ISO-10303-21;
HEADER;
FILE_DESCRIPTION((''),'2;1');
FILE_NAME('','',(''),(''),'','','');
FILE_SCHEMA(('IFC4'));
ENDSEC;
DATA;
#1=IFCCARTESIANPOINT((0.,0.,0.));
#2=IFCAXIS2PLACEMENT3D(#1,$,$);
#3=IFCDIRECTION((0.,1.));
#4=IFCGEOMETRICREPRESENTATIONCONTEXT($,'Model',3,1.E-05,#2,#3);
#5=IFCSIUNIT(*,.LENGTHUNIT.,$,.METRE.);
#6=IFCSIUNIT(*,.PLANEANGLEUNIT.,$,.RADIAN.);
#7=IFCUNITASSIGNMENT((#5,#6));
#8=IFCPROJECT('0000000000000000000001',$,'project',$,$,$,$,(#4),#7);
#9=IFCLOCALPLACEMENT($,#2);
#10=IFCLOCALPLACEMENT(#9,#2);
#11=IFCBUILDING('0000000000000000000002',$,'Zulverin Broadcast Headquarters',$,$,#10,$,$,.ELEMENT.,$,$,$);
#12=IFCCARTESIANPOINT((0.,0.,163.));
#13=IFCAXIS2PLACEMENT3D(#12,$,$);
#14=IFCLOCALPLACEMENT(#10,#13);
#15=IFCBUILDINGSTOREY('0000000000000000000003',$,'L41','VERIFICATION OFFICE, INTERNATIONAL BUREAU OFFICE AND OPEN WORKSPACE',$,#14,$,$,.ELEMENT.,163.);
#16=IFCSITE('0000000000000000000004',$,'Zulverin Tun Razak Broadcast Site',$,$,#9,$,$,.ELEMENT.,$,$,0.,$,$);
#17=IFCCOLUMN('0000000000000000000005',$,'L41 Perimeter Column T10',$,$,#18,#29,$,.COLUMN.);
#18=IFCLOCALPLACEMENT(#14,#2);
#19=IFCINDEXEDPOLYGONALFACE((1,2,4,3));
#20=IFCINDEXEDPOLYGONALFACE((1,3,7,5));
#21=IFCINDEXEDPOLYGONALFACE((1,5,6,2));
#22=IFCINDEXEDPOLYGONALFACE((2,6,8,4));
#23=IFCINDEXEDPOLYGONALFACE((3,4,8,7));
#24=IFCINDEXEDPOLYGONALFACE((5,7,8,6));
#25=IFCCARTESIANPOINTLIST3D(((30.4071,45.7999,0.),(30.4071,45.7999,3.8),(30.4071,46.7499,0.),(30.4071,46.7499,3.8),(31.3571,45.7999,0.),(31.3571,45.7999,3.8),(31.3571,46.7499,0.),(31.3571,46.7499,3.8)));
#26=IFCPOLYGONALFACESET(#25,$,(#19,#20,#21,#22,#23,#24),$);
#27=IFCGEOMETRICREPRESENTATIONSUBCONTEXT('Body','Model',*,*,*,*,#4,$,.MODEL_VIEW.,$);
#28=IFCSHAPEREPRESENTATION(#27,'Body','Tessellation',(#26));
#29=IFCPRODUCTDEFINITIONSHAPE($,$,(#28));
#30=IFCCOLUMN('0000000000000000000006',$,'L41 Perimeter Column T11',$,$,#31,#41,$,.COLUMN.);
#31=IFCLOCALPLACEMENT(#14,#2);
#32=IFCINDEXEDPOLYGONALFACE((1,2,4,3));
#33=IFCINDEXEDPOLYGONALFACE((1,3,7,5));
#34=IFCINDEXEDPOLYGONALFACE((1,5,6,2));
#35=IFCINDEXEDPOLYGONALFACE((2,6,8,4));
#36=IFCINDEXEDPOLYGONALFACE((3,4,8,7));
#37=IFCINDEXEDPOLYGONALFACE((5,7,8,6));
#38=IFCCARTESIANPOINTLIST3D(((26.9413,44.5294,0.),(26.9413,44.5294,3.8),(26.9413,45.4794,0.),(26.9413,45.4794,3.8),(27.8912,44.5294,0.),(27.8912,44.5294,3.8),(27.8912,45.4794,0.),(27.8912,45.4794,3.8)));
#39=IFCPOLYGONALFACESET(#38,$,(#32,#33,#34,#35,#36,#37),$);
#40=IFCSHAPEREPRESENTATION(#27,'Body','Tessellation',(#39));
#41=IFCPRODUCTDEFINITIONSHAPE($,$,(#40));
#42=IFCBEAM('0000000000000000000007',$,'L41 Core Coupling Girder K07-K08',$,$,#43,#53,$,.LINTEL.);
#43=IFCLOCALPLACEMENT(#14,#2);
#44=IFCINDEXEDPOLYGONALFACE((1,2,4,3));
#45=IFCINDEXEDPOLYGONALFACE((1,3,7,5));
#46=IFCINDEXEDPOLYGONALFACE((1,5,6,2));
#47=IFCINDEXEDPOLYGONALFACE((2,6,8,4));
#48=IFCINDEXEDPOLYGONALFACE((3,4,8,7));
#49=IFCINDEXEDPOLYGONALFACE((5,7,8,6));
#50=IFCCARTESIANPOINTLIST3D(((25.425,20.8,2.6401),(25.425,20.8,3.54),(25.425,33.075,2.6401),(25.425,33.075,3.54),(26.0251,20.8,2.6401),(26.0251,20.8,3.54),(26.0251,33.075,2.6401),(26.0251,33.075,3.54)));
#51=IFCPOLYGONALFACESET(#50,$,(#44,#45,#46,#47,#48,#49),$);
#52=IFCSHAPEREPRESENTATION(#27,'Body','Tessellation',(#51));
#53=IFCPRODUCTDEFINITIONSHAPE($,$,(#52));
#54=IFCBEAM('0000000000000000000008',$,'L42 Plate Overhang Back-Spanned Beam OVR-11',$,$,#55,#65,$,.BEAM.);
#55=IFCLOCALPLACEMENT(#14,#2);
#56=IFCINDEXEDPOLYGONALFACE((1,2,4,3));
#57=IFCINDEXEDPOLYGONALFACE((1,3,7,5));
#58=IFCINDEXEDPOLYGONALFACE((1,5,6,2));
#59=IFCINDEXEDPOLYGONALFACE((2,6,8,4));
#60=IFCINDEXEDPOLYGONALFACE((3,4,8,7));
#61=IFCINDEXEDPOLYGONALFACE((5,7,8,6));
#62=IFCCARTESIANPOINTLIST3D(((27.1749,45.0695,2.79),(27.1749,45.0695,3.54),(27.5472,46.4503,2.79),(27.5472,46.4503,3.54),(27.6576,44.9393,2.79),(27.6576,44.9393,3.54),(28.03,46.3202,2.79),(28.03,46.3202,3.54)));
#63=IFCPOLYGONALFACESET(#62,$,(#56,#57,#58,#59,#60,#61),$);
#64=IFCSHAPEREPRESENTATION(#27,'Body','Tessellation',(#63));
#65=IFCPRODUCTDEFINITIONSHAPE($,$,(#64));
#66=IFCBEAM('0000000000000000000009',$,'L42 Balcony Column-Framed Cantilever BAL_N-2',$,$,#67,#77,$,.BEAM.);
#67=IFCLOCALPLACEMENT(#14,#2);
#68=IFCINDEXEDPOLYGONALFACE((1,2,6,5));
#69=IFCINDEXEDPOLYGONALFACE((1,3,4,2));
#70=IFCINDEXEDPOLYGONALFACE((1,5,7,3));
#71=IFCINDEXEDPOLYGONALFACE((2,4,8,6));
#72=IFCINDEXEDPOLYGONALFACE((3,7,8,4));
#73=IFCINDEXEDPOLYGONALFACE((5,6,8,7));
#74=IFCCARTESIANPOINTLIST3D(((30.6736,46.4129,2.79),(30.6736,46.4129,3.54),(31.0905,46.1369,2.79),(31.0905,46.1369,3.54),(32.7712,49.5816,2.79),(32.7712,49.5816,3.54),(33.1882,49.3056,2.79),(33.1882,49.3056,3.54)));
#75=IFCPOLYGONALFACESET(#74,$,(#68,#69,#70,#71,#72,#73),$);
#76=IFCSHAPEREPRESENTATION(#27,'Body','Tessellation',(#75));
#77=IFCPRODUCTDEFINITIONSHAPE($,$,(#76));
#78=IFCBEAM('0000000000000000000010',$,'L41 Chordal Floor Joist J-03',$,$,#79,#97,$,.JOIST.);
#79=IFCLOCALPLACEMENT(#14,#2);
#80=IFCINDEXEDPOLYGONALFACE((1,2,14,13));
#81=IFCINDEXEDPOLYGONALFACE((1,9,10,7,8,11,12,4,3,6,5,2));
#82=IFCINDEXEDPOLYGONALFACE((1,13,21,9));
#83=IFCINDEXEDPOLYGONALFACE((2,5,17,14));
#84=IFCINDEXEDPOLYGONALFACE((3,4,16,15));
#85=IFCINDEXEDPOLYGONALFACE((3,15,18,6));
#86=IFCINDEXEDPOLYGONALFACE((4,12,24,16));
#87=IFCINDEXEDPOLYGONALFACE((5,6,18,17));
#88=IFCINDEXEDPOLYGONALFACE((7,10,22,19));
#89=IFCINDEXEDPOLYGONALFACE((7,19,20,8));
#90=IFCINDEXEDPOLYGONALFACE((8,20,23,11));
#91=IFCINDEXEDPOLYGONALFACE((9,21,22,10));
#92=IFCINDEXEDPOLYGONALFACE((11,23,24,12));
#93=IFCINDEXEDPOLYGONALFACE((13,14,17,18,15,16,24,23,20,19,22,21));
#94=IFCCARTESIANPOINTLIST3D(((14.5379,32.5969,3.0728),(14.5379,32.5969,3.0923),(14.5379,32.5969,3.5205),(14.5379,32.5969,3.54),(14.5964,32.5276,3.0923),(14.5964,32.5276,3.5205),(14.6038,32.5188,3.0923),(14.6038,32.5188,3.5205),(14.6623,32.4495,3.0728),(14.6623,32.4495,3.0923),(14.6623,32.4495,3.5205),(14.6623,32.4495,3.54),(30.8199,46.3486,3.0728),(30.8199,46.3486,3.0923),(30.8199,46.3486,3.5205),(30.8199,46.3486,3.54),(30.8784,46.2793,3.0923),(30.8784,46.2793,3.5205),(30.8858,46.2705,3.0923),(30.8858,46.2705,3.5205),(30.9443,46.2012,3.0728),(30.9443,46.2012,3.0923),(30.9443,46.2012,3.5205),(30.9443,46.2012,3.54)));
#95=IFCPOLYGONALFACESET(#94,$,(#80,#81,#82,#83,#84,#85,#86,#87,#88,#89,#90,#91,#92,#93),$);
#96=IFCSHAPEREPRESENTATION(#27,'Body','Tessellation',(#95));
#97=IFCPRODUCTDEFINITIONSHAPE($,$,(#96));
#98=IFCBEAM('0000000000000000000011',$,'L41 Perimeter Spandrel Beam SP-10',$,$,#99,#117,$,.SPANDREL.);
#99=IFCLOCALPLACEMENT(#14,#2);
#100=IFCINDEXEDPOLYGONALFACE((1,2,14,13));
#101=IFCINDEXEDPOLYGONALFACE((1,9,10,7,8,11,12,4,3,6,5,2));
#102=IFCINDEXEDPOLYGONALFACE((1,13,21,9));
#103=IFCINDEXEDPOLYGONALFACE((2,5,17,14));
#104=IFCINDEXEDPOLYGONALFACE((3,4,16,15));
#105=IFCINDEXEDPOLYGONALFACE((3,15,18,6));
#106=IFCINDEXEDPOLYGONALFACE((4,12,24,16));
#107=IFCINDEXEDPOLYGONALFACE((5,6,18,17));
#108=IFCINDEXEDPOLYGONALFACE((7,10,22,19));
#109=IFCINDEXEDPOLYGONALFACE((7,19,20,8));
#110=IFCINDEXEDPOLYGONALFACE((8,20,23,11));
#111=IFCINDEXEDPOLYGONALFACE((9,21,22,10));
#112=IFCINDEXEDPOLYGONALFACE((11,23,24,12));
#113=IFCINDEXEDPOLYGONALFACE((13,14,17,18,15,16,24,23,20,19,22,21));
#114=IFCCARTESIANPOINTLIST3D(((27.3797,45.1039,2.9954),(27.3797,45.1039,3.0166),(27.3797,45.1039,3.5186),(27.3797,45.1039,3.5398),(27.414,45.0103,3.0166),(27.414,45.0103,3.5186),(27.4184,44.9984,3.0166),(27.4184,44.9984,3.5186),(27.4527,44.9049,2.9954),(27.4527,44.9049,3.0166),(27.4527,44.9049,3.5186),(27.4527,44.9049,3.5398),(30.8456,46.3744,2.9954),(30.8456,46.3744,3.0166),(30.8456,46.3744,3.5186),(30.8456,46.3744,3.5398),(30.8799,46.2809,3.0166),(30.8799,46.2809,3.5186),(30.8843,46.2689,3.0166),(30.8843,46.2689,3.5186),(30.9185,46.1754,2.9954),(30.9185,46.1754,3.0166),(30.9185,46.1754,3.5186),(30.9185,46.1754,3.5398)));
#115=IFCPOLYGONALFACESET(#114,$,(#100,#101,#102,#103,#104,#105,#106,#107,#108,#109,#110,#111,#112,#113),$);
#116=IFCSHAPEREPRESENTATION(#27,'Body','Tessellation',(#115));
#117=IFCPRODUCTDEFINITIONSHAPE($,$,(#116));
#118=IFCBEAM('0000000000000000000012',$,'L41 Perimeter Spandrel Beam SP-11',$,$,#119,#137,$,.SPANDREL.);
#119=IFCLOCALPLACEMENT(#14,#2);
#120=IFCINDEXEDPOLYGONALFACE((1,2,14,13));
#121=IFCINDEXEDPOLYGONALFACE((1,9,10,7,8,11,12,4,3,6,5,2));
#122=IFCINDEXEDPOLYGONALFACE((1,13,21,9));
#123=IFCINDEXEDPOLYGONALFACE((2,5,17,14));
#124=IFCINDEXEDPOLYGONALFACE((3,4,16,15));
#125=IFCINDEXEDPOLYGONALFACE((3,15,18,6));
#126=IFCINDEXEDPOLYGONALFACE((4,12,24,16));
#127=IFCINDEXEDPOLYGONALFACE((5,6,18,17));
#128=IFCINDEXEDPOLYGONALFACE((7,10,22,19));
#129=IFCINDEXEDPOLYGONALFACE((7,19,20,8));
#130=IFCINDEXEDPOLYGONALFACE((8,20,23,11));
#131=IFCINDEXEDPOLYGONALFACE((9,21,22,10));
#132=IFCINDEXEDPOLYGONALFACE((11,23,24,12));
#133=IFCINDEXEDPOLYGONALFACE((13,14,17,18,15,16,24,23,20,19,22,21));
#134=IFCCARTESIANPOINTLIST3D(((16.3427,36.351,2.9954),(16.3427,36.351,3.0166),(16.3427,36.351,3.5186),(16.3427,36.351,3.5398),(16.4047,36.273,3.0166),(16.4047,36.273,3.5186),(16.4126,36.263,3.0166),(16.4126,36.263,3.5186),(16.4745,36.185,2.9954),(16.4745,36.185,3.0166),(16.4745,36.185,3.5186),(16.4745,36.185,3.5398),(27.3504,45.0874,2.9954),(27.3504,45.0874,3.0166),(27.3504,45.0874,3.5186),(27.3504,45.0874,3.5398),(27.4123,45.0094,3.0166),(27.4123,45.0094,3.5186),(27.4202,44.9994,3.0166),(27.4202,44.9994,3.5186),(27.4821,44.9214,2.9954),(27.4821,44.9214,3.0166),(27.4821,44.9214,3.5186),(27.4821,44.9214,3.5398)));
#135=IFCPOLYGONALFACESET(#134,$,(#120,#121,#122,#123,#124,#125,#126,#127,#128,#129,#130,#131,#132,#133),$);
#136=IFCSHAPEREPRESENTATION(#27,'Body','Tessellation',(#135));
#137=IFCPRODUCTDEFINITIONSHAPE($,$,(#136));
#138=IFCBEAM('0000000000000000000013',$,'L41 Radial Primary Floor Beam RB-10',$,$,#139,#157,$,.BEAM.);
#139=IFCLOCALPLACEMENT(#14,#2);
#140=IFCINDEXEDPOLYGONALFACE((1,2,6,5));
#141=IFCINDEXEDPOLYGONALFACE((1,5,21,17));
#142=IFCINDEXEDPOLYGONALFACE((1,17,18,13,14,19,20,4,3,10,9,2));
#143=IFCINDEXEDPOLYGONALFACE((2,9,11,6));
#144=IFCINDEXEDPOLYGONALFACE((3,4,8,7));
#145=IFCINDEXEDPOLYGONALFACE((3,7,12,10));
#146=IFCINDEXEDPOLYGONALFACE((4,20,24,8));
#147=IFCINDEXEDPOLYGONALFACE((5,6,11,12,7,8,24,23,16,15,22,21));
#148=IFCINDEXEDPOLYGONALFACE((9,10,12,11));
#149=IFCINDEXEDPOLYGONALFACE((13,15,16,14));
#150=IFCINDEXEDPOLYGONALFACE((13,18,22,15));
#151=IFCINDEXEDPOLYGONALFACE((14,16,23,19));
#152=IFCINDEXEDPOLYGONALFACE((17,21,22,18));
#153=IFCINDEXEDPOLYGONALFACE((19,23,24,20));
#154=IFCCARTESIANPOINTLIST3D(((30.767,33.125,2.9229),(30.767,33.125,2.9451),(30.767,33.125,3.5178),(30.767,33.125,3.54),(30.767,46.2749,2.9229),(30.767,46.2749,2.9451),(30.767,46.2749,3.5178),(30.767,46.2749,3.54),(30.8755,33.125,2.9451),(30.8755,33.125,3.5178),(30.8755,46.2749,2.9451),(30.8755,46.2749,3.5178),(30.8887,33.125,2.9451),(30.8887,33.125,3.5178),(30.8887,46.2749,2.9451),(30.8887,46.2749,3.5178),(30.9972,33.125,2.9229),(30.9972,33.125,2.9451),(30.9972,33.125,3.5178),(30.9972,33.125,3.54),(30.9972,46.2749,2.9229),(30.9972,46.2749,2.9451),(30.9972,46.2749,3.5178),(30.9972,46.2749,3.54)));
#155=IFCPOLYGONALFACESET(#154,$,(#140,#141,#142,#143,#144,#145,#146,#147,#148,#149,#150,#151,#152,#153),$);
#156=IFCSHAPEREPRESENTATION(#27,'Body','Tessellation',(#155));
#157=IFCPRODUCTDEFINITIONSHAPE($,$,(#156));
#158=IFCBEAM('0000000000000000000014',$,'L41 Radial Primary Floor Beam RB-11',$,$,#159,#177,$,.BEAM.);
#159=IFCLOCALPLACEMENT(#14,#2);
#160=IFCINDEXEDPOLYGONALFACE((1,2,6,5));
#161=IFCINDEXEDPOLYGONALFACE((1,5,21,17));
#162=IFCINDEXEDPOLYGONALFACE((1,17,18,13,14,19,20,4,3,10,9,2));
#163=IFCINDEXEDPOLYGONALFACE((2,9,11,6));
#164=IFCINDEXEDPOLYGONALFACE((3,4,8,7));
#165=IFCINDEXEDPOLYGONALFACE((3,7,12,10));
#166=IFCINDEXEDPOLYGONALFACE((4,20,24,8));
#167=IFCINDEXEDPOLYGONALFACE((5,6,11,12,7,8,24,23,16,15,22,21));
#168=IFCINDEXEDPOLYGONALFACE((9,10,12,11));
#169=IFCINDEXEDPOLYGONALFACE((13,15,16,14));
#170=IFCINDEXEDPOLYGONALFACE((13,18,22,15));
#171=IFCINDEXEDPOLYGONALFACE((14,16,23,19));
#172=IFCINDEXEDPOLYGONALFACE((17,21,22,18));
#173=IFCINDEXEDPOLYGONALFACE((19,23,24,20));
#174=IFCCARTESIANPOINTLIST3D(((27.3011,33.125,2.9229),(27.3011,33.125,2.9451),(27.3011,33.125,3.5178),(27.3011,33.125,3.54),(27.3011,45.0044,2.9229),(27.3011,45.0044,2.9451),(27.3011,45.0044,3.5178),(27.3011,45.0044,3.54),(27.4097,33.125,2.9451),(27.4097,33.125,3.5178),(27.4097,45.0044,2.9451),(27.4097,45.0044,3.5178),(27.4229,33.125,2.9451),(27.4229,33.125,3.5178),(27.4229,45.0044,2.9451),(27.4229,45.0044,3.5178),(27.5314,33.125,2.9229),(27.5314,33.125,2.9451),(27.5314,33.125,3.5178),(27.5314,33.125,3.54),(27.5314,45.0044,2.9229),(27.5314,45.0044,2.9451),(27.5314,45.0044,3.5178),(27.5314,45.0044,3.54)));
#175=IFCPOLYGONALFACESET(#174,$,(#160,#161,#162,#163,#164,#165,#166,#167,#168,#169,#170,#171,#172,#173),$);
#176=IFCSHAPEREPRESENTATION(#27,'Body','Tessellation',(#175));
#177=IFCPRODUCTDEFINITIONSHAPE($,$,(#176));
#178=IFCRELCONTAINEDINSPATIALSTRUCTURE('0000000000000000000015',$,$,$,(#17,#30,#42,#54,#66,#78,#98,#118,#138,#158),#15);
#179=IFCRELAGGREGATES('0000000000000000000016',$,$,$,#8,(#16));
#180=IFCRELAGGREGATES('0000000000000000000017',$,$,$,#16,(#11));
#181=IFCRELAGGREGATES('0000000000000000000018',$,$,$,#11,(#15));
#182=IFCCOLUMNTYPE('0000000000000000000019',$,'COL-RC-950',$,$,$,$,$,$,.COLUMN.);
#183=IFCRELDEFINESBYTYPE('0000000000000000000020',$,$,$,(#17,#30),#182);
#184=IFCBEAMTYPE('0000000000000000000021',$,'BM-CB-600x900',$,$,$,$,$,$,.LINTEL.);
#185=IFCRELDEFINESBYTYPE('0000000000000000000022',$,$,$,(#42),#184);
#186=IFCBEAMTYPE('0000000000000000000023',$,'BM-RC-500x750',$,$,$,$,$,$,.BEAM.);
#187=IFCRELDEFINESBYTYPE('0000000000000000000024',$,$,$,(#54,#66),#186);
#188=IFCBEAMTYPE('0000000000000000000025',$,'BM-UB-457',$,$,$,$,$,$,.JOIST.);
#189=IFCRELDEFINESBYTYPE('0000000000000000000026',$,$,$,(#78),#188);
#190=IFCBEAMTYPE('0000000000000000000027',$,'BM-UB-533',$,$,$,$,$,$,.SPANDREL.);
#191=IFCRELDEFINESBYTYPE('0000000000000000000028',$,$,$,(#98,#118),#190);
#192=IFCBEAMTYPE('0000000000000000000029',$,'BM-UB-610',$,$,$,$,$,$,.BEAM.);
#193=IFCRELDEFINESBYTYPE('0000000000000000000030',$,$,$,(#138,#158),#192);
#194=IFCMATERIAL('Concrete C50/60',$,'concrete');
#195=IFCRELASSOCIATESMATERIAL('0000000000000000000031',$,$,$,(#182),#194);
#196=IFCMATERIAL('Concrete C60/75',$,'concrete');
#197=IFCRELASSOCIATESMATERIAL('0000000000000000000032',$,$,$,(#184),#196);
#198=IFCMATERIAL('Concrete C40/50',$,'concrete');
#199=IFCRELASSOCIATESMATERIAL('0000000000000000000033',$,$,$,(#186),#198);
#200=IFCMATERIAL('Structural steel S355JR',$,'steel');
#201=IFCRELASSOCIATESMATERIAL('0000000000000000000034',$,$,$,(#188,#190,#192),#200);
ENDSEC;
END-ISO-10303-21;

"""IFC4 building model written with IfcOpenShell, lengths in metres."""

from ifc_helpers import new_model, si_unit, direction, frame, origin, origin_2d, place, context, subcontext, project, spatial, rectangle, i_section, extrude, material, material_profile, profile_set, type_object, element, save


model = new_model("IFC4")

# Units and contexts
model_context = context("Model", 3, precision=1e-05, world=origin(), true_north=direction((0.0, 1.0)))
body_context = subcontext(model_context, "Body", "Model", "MODEL_VIEW")
ifc_project = project(units=[si_unit("LENGTHUNIT", "METRE"), si_unit("PLANEANGLEUNIT", "RADIAN")], contexts=[model_context])

# Site, building, storey
site_placement = place(None, origin())
site = spatial("IfcSite", under=ifc_project, at=site_placement, Name="Zulverin Tun Razak Broadcast Site", CompositionType="ELEMENT", RefElevation=0.0)
building_placement = place(site_placement, origin())
building = spatial("IfcBuilding", under=site, at=building_placement, Name="Zulverin Broadcast Headquarters", CompositionType="ELEMENT")
storey_placement = place(building_placement, frame((0.0, 0.0, 163.0)))
storey = spatial("IfcBuildingStorey", under=building, at=storey_placement, Name="L41", Description="VERIFICATION OFFICE, INTERNATIONAL BUREAU OFFICE AND OPEN WORKSPACE", CompositionType="ELEMENT", Elevation=163.0)

# Columns
ifc_material_1 = material(Name="Concrete C50/60", Category="concrete")
ifc_material_profile_1 = material_profile(ifc_material_1, rectangle(XDim=0.95, YDim=0.95, at=origin_2d()), Name="Concrete C50/60", Category="concrete")
ifc_profile_set_1 = profile_set([ifc_material_profile_1], Name="Concrete C50/60")
column_type = type_object("IfcColumnType", Name="COL-RC-950", PredefinedType="COLUMN", material=ifc_profile_set_1)
for number, where, z_axis, x_axis, name in (
    (1, (30.8821, 46.2749, 0.0), (0.0, 0.0, 1.0), (1.0, 0.0, 0.0), "L41 Perimeter Column T10"),
    (2, (27.4163, 45.0044, 0.0), (0.0, 0.0, 1.0), (1.0, 0.0, 0.0), "L41 Perimeter Column T11"),
):
    element("IfcColumn", number, at=place(storey_placement, frame(where, z_axis=z_axis, x_axis=x_axis)), inside=storey, type_object=column_type, Name=name, PredefinedType="COLUMN", context=body_context, shape_type="SweptSolid", body=[
        extrude(rectangle(XDim=0.95, YDim=0.95, at=origin_2d()), origin(), (0.0, 0.0, 1.0), 3.8),
    ])

# Beams
ifc_material_2 = material(Name="Concrete C60/75", Category="concrete")
ifc_material_profile_2 = material_profile(ifc_material_2, rectangle(XDim=0.6001, YDim=0.8999, at=origin_2d()), Name="Concrete C60/75", Category="concrete")
ifc_profile_set_2 = profile_set([ifc_material_profile_2], Name="Concrete C60/75")
beam_type_1 = type_object("IfcBeamType", Name="BM-CB-600x900", PredefinedType="LINTEL", material=ifc_profile_set_2)
beam_1_placement = place(storey_placement, frame((25.7251, 33.075, 3.0901), z_axis=(0.0, -1.0, 0.0), x_axis=(1.0, 0.0, 0.0)))
element("IfcBeam", 3, at=beam_1_placement, inside=storey, type_object=beam_type_1, Name="L41 Core Coupling Girder K07-K08", PredefinedType="LINTEL", context=body_context, shape_type="SweptSolid", body=[
    extrude(rectangle(XDim=0.6001, YDim=0.8999, at=origin_2d()), origin(), (0.0, 0.0, 1.0), 12.2749),
])
ifc_material_3 = material(Name="Concrete C40/50", Category="concrete")
ifc_material_profile_3 = material_profile(ifc_material_3, rectangle(XDim=0.5, YDim=0.75, at=origin_2d()), Name="Concrete C40/50", Category="concrete")
ifc_profile_set_3 = profile_set([ifc_material_profile_3], Name="Concrete C40/50")
beam_type_2 = type_object("IfcBeamType", Name="BM-RC-500x750", PredefinedType="BEAM", material=ifc_profile_set_3)
beam_2_placement = place(storey_placement, frame((27.4163, 45.0044, 3.165), z_axis=(0.260329, 0.96552, 0.0), x_axis=(-0.96552, 0.260329, 0.0)))
element("IfcBeam", 4, at=beam_2_placement, inside=storey, type_object=beam_type_2, Name="L42 Plate Overhang Back-Spanned Beam OVR-11", PredefinedType="BEAM", context=body_context, shape_type="SweptSolid", body=[
    extrude(rectangle(XDim=0.5, YDim=0.75, at=origin_2d()), origin(), (0.0, 0.0, 1.0), 1.4302),
])
beam_3_placement = place(storey_placement, frame((30.8821, 46.2749, 3.165), z_axis=(0.551999, 0.833845, 0.0), x_axis=(-0.833845, 0.551999, 0.0)))
element("IfcBeam", 5, at=beam_3_placement, inside=storey, type_object=beam_type_2, Name="L42 Balcony Column-Framed Cantilever BAL_N-2", PredefinedType="BEAM", context=body_context, shape_type="SweptSolid", body=[
    extrude(rectangle(XDim=0.5, YDim=0.75, at=origin_2d()), origin(), (0.0, 0.0, 1.0), 3.8),
])
ifc_material_4 = material(Name="Structural steel S355JR", Category="steel")
ifc_material_profile_4 = material_profile(ifc_material_4, i_section(OverallWidth=0.1929, OverallDepth=0.4673, WebThickness=0.0115, FlangeThickness=0.0195, at=origin_2d()), Name="Structural steel S355JR", Category="steel")
ifc_profile_set_4 = profile_set([ifc_material_profile_4], Name="Structural steel S355JR")
beam_type_3 = type_object("IfcBeamType", Name="BM-UB-457", PredefinedType="JOIST", material=ifc_profile_set_4)
beam_4_placement = place(storey_placement, frame((30.8821, 46.2749, 3.3064), z_axis=(-0.763973, -0.645249, 0.0), x_axis=(0.645249, -0.763973, 0.0)))
element("IfcBeam", 6, at=beam_4_placement, inside=storey, type_object=beam_type_3, Name="L41 Chordal Floor Joist J-03", PredefinedType="JOIST", context=body_context, shape_type="SweptSolid", body=[
    extrude(i_section(OverallWidth=0.1929, OverallDepth=0.4673, WebThickness=0.0115, FlangeThickness=0.0195, at=origin_2d()), origin(), (0.0, 0.0, 1.0), 21.3123),
])
ifc_material_profile_5 = material_profile(ifc_material_4, i_section(OverallWidth=0.2119, OverallDepth=0.5444, WebThickness=0.0127, FlangeThickness=0.0212, at=origin_2d()), Name="Structural steel S355JR", Category="steel")
ifc_profile_set_5 = profile_set([ifc_material_profile_5], Name="Structural steel S355JR")
beam_type_4 = type_object("IfcBeamType", Name="BM-UB-533", PredefinedType="SPANDREL", material=ifc_profile_set_5)
beam_5_placement = place(storey_placement, frame((30.8821, 46.2749, 3.2676), z_axis=(-0.938902, -0.344185, 0.0), x_axis=(0.344185, -0.938902, 0.0)))
element("IfcBeam", 7, at=beam_5_placement, inside=storey, type_object=beam_type_4, Name="L41 Perimeter Spandrel Beam SP-10", PredefinedType="SPANDREL", context=body_context, shape_type="SweptSolid", body=[
    extrude(i_section(OverallWidth=0.2119, OverallDepth=0.5444, WebThickness=0.0127, FlangeThickness=0.0212, at=origin_2d()), origin(), (0.0, 0.0, 1.0), 3.6914),
])
beam_6_placement = place(storey_placement, frame((27.4163, 45.0044, 3.2676), z_axis=(-0.783283, -0.621665, 0.0), x_axis=(0.621665, -0.783283, 0.0)))
element("IfcBeam", 8, at=beam_6_placement, inside=storey, type_object=beam_type_4, Name="L41 Perimeter Spandrel Beam SP-11", PredefinedType="SPANDREL", context=body_context, shape_type="SweptSolid", body=[
    extrude(i_section(OverallWidth=0.2119, OverallDepth=0.5444, WebThickness=0.0127, FlangeThickness=0.0212, at=origin_2d()), origin(), (0.0, 0.0, 1.0), 14.0532),
])
ifc_material_profile_6 = material_profile(ifc_material_4, i_section(OverallWidth=0.2302, OverallDepth=0.6172, WebThickness=0.0132, FlangeThickness=0.0222, at=origin_2d()), Name="Structural steel S355JR", Category="steel")
ifc_profile_set_6 = profile_set([ifc_material_profile_6], Name="Structural steel S355JR")
beam_type_5 = type_object("IfcBeamType", Name="BM-UB-610", PredefinedType="BEAM", material=ifc_profile_set_6)
beam_7_placement = place(storey_placement, frame((30.8821, 33.125, 3.2314), z_axis=(0.0, 1.0, 0.0), x_axis=(-1.0, 0.0, 0.0)))
element("IfcBeam", 9, at=beam_7_placement, inside=storey, type_object=beam_type_5, Name="L41 Radial Primary Floor Beam RB-10", PredefinedType="BEAM", context=body_context, shape_type="SweptSolid", body=[
    extrude(i_section(OverallWidth=0.2302, OverallDepth=0.6172, WebThickness=0.0132, FlangeThickness=0.0222, at=origin_2d()), origin(), (0.0, 0.0, 1.0), 13.1499),
])
beam_8_placement = place(storey_placement, frame((27.4163, 33.125, 3.2314), z_axis=(0.0, 1.0, 0.0), x_axis=(-1.0, 0.0, 0.0)))
element("IfcBeam", 10, at=beam_8_placement, inside=storey, type_object=beam_type_5, Name="L41 Radial Primary Floor Beam RB-11", PredefinedType="BEAM", context=body_context, shape_type="SweptSolid", body=[
    extrude(i_section(OverallWidth=0.2302, OverallDepth=0.6172, WebThickness=0.0132, FlangeThickness=0.0222, at=origin_2d()), origin(), (0.0, 0.0, 1.0), 11.8794),
])

save(model, "model.ifc")
